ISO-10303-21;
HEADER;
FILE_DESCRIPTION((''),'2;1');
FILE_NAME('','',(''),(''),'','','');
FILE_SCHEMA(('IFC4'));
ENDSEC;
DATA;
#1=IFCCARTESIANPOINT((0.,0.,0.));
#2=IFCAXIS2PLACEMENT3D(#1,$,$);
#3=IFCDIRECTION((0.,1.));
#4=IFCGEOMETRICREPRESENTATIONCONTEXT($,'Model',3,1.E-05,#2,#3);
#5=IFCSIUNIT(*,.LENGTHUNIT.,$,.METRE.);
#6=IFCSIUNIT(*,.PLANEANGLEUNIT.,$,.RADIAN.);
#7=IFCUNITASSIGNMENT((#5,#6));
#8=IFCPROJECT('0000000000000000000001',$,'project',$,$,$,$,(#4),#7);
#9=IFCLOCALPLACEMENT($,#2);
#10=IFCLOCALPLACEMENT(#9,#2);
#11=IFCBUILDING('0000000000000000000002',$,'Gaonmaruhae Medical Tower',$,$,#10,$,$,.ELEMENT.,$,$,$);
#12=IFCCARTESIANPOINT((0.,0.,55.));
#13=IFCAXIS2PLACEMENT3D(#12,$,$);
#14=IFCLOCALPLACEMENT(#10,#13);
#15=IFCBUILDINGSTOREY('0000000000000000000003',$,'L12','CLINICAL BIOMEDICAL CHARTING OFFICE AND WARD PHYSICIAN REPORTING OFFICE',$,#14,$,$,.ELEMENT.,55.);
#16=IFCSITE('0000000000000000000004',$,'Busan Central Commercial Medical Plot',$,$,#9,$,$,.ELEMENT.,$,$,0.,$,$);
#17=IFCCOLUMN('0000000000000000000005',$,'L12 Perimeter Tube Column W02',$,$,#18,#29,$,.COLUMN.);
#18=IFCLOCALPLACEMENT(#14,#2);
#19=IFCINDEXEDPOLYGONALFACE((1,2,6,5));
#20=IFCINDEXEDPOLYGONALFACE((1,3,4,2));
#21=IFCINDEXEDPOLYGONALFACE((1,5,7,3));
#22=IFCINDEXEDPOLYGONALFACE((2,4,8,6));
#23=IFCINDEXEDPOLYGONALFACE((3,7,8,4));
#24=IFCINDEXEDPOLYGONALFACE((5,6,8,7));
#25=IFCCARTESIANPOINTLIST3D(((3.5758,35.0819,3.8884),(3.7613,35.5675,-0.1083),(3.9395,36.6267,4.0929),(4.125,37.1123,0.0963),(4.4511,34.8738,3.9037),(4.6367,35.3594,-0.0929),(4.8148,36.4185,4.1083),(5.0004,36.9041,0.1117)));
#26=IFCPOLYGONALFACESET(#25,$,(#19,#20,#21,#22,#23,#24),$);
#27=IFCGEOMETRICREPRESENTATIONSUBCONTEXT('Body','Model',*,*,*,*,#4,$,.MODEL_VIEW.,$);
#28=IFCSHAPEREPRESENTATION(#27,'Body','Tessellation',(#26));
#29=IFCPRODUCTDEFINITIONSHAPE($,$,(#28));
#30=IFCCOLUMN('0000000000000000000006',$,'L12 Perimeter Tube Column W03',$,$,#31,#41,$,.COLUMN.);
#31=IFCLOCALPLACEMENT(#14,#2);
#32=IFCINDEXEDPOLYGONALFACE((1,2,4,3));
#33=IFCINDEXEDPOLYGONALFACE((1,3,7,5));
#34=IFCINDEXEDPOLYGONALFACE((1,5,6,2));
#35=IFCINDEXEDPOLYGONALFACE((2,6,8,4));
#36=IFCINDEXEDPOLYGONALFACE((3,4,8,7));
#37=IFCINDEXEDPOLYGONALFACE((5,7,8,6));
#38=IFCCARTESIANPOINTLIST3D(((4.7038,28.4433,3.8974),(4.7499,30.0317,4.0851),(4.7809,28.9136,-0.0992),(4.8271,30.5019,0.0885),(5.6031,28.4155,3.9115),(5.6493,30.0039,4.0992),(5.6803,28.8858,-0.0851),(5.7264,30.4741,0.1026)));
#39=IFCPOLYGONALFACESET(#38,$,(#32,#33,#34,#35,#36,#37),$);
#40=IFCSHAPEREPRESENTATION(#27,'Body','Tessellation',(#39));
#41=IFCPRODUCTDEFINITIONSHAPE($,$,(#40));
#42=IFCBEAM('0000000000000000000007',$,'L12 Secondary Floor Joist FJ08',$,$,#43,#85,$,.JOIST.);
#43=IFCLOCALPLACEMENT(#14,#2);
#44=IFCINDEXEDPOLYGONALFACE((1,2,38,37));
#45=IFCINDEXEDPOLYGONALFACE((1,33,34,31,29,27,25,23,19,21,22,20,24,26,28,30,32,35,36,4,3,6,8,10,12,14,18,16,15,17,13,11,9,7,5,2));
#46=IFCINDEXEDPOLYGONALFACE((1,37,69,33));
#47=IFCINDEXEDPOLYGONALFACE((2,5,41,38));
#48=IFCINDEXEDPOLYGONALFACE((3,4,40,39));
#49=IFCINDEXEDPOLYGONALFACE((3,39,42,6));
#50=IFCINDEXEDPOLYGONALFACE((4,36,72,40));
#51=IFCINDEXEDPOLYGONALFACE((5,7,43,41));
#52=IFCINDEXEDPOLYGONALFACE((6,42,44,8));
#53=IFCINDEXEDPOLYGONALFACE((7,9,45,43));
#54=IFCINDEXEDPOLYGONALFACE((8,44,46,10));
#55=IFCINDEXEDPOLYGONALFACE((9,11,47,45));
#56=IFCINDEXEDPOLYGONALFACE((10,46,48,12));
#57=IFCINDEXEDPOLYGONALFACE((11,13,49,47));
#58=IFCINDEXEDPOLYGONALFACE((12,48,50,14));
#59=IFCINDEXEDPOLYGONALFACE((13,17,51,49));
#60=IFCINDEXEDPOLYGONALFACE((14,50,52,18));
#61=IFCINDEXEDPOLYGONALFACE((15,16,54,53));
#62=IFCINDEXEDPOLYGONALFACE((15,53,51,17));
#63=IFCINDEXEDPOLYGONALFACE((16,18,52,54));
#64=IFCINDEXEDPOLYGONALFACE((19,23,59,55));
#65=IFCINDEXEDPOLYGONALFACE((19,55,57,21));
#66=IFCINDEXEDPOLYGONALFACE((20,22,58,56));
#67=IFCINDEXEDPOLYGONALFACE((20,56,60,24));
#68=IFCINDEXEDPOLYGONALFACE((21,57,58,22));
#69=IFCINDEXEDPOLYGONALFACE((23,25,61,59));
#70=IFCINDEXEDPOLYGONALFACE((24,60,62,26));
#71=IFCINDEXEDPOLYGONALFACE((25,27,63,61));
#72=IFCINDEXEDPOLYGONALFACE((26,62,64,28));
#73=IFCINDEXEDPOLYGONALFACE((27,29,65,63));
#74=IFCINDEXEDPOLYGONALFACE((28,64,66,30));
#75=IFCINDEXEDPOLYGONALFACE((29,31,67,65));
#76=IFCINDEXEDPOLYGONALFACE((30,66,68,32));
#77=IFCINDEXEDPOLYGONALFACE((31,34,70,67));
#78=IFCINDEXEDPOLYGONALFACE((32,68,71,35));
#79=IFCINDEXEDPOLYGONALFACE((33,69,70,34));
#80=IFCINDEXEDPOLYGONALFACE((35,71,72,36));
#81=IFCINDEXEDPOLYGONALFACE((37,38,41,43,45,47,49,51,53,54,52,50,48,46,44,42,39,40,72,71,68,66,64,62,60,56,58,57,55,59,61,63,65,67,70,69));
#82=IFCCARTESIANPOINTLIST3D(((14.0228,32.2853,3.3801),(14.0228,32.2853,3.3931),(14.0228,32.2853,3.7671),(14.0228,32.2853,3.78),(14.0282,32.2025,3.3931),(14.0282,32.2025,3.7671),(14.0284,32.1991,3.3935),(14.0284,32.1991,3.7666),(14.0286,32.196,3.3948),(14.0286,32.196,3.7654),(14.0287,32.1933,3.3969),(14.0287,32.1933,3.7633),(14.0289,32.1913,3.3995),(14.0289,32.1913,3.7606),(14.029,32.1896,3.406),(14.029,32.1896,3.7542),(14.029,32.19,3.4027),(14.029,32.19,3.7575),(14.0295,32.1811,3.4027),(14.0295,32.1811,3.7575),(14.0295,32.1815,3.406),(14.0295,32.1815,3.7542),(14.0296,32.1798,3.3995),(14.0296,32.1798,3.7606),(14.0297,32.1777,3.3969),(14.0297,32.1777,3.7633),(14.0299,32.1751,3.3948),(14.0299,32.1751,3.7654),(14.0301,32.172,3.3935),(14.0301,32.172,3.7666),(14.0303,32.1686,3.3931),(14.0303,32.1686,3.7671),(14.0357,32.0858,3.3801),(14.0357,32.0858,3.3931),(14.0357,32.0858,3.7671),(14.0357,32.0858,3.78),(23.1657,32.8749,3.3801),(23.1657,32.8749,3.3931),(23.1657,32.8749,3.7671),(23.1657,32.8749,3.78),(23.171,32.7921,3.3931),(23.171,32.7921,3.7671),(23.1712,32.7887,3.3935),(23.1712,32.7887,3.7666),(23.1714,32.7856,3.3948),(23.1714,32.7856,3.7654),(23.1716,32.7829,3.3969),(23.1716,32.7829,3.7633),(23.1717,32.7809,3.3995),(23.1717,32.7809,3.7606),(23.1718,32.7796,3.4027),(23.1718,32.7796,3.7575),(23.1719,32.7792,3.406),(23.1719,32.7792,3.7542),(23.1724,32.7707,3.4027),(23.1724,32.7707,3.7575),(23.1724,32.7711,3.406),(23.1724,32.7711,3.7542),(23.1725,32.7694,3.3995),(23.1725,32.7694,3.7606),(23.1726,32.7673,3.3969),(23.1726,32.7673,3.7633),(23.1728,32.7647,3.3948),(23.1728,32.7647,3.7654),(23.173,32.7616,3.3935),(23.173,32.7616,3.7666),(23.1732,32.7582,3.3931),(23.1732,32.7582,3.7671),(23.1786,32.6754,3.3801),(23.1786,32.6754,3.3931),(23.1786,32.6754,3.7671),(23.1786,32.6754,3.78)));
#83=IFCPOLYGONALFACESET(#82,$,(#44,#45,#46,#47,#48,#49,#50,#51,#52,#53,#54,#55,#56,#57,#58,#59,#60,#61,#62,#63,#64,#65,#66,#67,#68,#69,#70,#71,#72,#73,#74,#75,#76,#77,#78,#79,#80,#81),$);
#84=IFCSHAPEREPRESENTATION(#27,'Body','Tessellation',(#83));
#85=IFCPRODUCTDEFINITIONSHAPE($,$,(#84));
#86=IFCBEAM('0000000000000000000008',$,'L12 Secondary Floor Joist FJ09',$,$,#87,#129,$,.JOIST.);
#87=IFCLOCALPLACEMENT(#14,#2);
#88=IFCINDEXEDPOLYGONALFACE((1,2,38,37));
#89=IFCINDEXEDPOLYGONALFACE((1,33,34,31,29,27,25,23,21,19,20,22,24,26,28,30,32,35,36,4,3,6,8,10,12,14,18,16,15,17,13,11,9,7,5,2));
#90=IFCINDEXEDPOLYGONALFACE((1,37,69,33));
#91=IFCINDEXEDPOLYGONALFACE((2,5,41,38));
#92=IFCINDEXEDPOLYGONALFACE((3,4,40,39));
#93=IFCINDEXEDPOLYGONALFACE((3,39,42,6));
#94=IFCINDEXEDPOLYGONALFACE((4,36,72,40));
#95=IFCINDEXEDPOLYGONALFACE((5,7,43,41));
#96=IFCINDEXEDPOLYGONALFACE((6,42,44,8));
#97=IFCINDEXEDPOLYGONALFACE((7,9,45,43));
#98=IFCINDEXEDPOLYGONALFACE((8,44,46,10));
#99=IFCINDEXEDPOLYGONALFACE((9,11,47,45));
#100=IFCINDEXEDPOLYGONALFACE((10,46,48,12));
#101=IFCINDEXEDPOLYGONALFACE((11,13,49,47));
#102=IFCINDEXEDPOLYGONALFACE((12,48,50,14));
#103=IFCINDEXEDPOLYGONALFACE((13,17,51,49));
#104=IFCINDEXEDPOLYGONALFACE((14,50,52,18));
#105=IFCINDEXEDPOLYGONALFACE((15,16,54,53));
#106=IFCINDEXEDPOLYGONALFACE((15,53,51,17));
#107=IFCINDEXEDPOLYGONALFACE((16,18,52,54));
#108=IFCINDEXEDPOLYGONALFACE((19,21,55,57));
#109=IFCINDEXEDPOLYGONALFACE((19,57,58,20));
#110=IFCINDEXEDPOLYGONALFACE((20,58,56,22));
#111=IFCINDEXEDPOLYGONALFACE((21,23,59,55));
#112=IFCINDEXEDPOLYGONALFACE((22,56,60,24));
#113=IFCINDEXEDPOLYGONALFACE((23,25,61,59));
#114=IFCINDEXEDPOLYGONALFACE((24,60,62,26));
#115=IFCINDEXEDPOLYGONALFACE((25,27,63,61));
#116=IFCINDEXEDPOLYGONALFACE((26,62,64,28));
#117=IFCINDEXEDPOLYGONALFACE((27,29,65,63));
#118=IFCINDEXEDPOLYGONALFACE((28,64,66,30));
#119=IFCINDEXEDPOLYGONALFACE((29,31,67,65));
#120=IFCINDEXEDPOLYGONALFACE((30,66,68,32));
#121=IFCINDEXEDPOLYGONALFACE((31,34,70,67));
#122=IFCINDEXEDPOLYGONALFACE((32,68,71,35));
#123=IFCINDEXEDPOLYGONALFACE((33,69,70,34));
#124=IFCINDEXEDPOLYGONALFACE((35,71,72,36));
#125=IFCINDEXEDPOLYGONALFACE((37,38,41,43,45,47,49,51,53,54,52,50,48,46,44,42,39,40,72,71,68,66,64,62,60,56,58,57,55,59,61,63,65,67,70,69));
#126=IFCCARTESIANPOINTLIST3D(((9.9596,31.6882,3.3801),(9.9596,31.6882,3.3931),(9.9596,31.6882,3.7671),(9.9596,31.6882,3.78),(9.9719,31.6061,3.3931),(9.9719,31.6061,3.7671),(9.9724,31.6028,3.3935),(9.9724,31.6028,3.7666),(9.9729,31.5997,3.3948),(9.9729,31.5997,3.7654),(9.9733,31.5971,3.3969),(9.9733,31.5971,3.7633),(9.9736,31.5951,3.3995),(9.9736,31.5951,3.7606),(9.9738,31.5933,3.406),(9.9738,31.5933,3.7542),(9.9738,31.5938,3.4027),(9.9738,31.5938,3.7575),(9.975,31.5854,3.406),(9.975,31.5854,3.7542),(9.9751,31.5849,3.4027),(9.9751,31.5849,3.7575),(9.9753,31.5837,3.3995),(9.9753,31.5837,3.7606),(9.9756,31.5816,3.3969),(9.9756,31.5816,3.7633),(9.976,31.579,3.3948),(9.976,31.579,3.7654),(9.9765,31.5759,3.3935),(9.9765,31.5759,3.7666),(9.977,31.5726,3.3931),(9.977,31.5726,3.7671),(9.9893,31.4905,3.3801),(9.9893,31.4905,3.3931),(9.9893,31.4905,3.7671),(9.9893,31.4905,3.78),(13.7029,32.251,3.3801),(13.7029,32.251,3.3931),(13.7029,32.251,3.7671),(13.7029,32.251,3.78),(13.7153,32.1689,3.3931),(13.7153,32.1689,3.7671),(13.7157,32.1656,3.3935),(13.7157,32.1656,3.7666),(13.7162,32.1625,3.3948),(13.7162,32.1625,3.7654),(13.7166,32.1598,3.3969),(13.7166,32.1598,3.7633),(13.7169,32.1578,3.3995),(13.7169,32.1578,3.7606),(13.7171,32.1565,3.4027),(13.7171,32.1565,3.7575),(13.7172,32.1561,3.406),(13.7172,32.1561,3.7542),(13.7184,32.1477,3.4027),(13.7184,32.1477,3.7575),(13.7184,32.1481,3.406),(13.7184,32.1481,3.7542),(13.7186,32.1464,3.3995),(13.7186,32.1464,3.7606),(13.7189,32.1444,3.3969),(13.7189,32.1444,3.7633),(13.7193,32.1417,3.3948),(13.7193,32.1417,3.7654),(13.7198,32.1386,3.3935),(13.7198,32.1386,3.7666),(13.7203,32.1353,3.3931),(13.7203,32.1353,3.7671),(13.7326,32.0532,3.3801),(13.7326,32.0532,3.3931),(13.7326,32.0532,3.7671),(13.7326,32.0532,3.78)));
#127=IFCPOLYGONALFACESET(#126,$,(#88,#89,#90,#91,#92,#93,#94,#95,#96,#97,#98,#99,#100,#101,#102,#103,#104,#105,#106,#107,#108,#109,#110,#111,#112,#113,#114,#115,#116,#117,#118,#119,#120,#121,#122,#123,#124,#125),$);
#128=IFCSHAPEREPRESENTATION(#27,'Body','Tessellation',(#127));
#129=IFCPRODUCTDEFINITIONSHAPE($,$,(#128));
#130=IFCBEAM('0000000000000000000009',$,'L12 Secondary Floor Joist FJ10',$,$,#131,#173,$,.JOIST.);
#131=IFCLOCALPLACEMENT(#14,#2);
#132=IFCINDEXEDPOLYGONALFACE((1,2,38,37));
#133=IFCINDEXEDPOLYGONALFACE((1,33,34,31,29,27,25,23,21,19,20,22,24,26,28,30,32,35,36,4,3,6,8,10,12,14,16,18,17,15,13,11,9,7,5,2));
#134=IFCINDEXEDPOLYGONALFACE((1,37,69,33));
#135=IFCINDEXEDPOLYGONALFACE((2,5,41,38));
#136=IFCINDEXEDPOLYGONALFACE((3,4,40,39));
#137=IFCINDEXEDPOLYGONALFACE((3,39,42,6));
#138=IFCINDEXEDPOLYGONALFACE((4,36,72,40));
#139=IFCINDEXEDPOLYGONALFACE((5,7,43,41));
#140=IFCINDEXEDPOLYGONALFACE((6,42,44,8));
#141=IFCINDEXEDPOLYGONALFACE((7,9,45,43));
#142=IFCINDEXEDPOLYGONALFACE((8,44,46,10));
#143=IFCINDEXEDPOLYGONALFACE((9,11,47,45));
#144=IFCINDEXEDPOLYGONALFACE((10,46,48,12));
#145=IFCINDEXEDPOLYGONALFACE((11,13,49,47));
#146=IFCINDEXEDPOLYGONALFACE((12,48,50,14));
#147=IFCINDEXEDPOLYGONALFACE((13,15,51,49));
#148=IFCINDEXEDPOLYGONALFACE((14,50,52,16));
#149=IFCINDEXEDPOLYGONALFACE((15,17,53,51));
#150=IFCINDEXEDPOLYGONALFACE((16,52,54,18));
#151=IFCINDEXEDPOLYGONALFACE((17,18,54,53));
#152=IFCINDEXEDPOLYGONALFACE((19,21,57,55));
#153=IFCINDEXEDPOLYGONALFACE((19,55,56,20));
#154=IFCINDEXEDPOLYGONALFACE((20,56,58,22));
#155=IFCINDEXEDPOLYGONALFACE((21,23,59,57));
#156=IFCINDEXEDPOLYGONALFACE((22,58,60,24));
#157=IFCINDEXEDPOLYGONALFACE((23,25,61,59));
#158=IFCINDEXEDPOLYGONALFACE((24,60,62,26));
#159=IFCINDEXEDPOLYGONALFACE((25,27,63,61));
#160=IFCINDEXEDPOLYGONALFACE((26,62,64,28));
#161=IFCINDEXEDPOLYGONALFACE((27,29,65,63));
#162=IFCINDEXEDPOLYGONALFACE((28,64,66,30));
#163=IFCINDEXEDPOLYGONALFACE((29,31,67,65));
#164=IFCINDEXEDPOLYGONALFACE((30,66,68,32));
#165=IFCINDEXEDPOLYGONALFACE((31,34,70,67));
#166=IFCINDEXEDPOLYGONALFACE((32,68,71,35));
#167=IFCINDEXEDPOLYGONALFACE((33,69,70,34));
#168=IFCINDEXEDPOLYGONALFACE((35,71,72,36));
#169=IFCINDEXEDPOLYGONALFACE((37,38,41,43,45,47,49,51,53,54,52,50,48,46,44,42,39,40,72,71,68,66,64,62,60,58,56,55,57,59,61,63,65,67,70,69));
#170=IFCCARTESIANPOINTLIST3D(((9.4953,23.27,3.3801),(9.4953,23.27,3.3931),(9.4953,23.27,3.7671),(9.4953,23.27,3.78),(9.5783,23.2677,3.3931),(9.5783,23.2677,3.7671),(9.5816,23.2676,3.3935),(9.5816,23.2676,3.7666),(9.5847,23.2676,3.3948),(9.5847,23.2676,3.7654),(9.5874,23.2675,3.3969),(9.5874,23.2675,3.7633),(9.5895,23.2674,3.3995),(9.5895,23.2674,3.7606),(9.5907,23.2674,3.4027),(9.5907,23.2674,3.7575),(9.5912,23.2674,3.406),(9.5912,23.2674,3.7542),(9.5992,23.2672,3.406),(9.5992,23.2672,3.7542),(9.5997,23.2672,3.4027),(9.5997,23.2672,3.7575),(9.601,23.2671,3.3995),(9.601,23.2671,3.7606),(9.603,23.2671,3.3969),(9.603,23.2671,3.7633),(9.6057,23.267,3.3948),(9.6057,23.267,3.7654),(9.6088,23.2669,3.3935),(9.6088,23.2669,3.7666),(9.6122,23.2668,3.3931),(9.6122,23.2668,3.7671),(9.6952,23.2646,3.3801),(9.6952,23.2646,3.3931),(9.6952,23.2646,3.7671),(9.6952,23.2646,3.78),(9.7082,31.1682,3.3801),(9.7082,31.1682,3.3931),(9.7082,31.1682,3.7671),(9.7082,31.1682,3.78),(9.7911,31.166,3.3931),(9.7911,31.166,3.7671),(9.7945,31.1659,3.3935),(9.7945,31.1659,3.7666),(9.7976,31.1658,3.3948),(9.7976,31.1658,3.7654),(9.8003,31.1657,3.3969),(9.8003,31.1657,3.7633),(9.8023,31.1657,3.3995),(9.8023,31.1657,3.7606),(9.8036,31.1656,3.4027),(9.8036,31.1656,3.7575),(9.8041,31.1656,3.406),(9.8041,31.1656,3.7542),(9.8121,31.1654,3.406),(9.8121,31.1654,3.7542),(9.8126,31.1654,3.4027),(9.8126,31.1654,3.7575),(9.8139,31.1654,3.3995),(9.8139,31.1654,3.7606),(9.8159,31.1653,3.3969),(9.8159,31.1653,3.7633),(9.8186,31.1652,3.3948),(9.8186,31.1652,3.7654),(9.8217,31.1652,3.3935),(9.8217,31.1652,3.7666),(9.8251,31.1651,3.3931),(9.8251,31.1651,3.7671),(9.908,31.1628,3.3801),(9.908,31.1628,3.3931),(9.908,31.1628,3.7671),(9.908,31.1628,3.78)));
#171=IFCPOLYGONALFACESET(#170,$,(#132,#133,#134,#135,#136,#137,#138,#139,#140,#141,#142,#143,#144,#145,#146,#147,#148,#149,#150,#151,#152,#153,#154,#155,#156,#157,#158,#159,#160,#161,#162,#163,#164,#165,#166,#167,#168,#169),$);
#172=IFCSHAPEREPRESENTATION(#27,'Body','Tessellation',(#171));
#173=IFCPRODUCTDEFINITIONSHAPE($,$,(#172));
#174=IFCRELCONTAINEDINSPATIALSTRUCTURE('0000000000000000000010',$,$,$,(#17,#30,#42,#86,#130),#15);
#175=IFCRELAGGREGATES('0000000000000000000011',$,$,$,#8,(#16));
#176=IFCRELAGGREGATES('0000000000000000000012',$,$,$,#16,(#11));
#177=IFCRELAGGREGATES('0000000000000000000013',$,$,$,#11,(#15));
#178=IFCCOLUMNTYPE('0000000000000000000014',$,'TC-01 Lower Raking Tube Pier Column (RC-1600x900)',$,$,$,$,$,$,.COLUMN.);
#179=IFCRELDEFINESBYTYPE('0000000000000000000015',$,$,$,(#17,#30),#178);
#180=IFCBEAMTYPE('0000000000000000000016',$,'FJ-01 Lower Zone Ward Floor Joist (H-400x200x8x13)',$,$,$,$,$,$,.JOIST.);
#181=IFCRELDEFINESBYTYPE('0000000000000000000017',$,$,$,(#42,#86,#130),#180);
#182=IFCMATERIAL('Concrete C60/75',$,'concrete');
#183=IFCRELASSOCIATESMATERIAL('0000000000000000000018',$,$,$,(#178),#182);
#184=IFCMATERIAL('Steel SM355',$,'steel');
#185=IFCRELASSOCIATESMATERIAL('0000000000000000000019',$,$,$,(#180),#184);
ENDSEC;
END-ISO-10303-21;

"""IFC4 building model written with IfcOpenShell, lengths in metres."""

from ifc_helpers import new_model, si_unit, direction, frame, origin, origin_2d, place, context, subcontext, project, spatial, rectangle, i_section, extrude, material, material_profile, profile_set, type_object, element, save


model = new_model("IFC4")

# Units and contexts
model_context = context("Model", 3, precision=1e-05, world=origin(), true_north=direction((0.0, 1.0)))
body_context = subcontext(model_context, "Body", "Model", "MODEL_VIEW")
ifc_project = project(units=[si_unit("LENGTHUNIT", "METRE"), si_unit("PLANEANGLEUNIT", "RADIAN")], contexts=[model_context])

# Site, building, storey
site_placement = place(None, origin())
site = spatial("IfcSite", under=ifc_project, at=site_placement, Name="Busan Central Commercial Medical Plot", CompositionType="ELEMENT", RefElevation=0.0)
building_placement = place(site_placement, origin())
building = spatial("IfcBuilding", under=site, at=building_placement, Name="Gaonmaruhae Medical Tower", CompositionType="ELEMENT")
storey_placement = place(building_placement, frame((0.0, 0.0, 55.0)))
storey = spatial("IfcBuildingStorey", under=building, at=storey_placement, Name="L12", Description="CLINICAL BIOMEDICAL CHARTING OFFICE AND WARD PHYSICIAN REPORTING OFFICE", CompositionType="ELEMENT", Elevation=55.0)

# Columns
ifc_material_1 = material(Name="Concrete C60/75", Category="concrete")
ifc_material_profile_1 = material_profile(ifc_material_1, rectangle(XDim=1.6001, YDim=0.8999, at=origin_2d()), Name="RC-1600x900")
ifc_profile_set_1 = profile_set([ifc_material_profile_1], Name="Concrete C60/75")
column_type = type_object("IfcColumnType", Name="TC-01 Lower Raking Tube Pier Column (RC-1600x900)", PredefinedType="COLUMN", material=ifc_profile_set_1)
column_1_placement = place(storey_placement, frame((4.3809, 36.2358, 0.0017), z_axis=(-0.046039, -0.120488, 0.991647), x_axis=(0.227297, 0.965396, 0.127851)))
element("IfcColumn", 1, at=column_1_placement, inside=storey, type_object=column_type, Name="L12 Perimeter Tube Column W02", PredefinedType="COLUMN", context=body_context, shape_type="SweptSolid", body=[
    extrude(rectangle(XDim=1.6001, YDim=0.8999, at=origin_2d()), origin(), (0.0, 0.0, 1.0), 4.0303),
])
column_2_placement = place(storey_placement, frame((5.2537, 29.6938, 0.0017), z_axis=(-0.019168, -0.116827, 0.992967), x_axis=(0.028844, 0.992672, 0.117349)))
element("IfcColumn", 2, at=column_2_placement, inside=storey, type_object=column_type, Name="L12 Perimeter Tube Column W03", PredefinedType="COLUMN", context=body_context, shape_type="SweptSolid", body=[
    extrude(rectangle(XDim=1.6001, YDim=0.8999, at=origin_2d()), origin(), (0.0, 0.0, 1.0), 4.0249),
])

# Beams
ifc_material_2 = material(Name="Steel SM355", Category="steel")
ifc_material_profile_2 = material_profile(ifc_material_2, i_section(OverallWidth=0.2, OverallDepth=0.3999, WebThickness=0.0081, FlangeThickness=0.0129, FilletRadius=0.0129, at=origin_2d()), Name="H-400x200x8x13")
ifc_profile_set_2 = profile_set([ifc_material_profile_2], Name="Steel SM355")
beam_type_1 = type_object("IfcBeamType", Name="FJ-01 Lower Zone Ward Floor Joist (H-400x200x8x13)", PredefinedType="JOIST", material=ifc_profile_set_2)
beam_1_placement = place(storey_placement, frame((23.1721, 32.7751, 3.5801), z_axis=(-0.997927, -0.064354, 0.0), x_axis=(0.064354, -0.997927, 0.0)))
element("IfcBeam", 3, at=beam_1_placement, inside=storey, type_object=beam_type_1, Name="L12 Secondary Floor Joist FJ08", PredefinedType="JOIST", context=body_context, shape_type="SweptSolid", body=[
    extrude(i_section(OverallWidth=0.2, OverallDepth=0.3999, WebThickness=0.0081, FlangeThickness=0.0129, FilletRadius=0.0129, at=origin_2d()), origin(), (0.0, 0.0, 1.0), 9.1619),
])
beam_2_placement = place(storey_placement, frame((13.7178, 32.1521, 3.5801), z_axis=(-0.988889, -0.148659, 0.0), x_axis=(0.148659, -0.988889, 0.0)))
element("IfcBeam", 4, at=beam_2_placement, inside=storey, type_object=beam_type_1, Name="L12 Secondary Floor Joist FJ09", PredefinedType="JOIST", context=body_context, shape_type="SweptSolid", body=[
    extrude(i_section(OverallWidth=0.2, OverallDepth=0.3999, WebThickness=0.0081, FlangeThickness=0.0129, FilletRadius=0.0129, at=origin_2d()), origin(), (0.0, 0.0, 1.0), 3.7854),
])
beam_3_placement = place(storey_placement, frame((9.8081, 31.1655, 3.5801), z_axis=(-0.026945, -0.999637, 0.0), x_axis=(0.999637, -0.026945, 0.0)))
element("IfcBeam", 5, at=beam_3_placement, inside=storey, type_object=beam_type_1, Name="L12 Secondary Floor Joist FJ10", PredefinedType="JOIST", context=body_context, shape_type="SweptSolid", body=[
    extrude(i_section(OverallWidth=0.2, OverallDepth=0.3999, WebThickness=0.0081, FlangeThickness=0.0129, FilletRadius=0.0129, at=origin_2d()), origin(), (0.0, 0.0, 1.0), 7.9011),
])

save(model, "model.ifc")
